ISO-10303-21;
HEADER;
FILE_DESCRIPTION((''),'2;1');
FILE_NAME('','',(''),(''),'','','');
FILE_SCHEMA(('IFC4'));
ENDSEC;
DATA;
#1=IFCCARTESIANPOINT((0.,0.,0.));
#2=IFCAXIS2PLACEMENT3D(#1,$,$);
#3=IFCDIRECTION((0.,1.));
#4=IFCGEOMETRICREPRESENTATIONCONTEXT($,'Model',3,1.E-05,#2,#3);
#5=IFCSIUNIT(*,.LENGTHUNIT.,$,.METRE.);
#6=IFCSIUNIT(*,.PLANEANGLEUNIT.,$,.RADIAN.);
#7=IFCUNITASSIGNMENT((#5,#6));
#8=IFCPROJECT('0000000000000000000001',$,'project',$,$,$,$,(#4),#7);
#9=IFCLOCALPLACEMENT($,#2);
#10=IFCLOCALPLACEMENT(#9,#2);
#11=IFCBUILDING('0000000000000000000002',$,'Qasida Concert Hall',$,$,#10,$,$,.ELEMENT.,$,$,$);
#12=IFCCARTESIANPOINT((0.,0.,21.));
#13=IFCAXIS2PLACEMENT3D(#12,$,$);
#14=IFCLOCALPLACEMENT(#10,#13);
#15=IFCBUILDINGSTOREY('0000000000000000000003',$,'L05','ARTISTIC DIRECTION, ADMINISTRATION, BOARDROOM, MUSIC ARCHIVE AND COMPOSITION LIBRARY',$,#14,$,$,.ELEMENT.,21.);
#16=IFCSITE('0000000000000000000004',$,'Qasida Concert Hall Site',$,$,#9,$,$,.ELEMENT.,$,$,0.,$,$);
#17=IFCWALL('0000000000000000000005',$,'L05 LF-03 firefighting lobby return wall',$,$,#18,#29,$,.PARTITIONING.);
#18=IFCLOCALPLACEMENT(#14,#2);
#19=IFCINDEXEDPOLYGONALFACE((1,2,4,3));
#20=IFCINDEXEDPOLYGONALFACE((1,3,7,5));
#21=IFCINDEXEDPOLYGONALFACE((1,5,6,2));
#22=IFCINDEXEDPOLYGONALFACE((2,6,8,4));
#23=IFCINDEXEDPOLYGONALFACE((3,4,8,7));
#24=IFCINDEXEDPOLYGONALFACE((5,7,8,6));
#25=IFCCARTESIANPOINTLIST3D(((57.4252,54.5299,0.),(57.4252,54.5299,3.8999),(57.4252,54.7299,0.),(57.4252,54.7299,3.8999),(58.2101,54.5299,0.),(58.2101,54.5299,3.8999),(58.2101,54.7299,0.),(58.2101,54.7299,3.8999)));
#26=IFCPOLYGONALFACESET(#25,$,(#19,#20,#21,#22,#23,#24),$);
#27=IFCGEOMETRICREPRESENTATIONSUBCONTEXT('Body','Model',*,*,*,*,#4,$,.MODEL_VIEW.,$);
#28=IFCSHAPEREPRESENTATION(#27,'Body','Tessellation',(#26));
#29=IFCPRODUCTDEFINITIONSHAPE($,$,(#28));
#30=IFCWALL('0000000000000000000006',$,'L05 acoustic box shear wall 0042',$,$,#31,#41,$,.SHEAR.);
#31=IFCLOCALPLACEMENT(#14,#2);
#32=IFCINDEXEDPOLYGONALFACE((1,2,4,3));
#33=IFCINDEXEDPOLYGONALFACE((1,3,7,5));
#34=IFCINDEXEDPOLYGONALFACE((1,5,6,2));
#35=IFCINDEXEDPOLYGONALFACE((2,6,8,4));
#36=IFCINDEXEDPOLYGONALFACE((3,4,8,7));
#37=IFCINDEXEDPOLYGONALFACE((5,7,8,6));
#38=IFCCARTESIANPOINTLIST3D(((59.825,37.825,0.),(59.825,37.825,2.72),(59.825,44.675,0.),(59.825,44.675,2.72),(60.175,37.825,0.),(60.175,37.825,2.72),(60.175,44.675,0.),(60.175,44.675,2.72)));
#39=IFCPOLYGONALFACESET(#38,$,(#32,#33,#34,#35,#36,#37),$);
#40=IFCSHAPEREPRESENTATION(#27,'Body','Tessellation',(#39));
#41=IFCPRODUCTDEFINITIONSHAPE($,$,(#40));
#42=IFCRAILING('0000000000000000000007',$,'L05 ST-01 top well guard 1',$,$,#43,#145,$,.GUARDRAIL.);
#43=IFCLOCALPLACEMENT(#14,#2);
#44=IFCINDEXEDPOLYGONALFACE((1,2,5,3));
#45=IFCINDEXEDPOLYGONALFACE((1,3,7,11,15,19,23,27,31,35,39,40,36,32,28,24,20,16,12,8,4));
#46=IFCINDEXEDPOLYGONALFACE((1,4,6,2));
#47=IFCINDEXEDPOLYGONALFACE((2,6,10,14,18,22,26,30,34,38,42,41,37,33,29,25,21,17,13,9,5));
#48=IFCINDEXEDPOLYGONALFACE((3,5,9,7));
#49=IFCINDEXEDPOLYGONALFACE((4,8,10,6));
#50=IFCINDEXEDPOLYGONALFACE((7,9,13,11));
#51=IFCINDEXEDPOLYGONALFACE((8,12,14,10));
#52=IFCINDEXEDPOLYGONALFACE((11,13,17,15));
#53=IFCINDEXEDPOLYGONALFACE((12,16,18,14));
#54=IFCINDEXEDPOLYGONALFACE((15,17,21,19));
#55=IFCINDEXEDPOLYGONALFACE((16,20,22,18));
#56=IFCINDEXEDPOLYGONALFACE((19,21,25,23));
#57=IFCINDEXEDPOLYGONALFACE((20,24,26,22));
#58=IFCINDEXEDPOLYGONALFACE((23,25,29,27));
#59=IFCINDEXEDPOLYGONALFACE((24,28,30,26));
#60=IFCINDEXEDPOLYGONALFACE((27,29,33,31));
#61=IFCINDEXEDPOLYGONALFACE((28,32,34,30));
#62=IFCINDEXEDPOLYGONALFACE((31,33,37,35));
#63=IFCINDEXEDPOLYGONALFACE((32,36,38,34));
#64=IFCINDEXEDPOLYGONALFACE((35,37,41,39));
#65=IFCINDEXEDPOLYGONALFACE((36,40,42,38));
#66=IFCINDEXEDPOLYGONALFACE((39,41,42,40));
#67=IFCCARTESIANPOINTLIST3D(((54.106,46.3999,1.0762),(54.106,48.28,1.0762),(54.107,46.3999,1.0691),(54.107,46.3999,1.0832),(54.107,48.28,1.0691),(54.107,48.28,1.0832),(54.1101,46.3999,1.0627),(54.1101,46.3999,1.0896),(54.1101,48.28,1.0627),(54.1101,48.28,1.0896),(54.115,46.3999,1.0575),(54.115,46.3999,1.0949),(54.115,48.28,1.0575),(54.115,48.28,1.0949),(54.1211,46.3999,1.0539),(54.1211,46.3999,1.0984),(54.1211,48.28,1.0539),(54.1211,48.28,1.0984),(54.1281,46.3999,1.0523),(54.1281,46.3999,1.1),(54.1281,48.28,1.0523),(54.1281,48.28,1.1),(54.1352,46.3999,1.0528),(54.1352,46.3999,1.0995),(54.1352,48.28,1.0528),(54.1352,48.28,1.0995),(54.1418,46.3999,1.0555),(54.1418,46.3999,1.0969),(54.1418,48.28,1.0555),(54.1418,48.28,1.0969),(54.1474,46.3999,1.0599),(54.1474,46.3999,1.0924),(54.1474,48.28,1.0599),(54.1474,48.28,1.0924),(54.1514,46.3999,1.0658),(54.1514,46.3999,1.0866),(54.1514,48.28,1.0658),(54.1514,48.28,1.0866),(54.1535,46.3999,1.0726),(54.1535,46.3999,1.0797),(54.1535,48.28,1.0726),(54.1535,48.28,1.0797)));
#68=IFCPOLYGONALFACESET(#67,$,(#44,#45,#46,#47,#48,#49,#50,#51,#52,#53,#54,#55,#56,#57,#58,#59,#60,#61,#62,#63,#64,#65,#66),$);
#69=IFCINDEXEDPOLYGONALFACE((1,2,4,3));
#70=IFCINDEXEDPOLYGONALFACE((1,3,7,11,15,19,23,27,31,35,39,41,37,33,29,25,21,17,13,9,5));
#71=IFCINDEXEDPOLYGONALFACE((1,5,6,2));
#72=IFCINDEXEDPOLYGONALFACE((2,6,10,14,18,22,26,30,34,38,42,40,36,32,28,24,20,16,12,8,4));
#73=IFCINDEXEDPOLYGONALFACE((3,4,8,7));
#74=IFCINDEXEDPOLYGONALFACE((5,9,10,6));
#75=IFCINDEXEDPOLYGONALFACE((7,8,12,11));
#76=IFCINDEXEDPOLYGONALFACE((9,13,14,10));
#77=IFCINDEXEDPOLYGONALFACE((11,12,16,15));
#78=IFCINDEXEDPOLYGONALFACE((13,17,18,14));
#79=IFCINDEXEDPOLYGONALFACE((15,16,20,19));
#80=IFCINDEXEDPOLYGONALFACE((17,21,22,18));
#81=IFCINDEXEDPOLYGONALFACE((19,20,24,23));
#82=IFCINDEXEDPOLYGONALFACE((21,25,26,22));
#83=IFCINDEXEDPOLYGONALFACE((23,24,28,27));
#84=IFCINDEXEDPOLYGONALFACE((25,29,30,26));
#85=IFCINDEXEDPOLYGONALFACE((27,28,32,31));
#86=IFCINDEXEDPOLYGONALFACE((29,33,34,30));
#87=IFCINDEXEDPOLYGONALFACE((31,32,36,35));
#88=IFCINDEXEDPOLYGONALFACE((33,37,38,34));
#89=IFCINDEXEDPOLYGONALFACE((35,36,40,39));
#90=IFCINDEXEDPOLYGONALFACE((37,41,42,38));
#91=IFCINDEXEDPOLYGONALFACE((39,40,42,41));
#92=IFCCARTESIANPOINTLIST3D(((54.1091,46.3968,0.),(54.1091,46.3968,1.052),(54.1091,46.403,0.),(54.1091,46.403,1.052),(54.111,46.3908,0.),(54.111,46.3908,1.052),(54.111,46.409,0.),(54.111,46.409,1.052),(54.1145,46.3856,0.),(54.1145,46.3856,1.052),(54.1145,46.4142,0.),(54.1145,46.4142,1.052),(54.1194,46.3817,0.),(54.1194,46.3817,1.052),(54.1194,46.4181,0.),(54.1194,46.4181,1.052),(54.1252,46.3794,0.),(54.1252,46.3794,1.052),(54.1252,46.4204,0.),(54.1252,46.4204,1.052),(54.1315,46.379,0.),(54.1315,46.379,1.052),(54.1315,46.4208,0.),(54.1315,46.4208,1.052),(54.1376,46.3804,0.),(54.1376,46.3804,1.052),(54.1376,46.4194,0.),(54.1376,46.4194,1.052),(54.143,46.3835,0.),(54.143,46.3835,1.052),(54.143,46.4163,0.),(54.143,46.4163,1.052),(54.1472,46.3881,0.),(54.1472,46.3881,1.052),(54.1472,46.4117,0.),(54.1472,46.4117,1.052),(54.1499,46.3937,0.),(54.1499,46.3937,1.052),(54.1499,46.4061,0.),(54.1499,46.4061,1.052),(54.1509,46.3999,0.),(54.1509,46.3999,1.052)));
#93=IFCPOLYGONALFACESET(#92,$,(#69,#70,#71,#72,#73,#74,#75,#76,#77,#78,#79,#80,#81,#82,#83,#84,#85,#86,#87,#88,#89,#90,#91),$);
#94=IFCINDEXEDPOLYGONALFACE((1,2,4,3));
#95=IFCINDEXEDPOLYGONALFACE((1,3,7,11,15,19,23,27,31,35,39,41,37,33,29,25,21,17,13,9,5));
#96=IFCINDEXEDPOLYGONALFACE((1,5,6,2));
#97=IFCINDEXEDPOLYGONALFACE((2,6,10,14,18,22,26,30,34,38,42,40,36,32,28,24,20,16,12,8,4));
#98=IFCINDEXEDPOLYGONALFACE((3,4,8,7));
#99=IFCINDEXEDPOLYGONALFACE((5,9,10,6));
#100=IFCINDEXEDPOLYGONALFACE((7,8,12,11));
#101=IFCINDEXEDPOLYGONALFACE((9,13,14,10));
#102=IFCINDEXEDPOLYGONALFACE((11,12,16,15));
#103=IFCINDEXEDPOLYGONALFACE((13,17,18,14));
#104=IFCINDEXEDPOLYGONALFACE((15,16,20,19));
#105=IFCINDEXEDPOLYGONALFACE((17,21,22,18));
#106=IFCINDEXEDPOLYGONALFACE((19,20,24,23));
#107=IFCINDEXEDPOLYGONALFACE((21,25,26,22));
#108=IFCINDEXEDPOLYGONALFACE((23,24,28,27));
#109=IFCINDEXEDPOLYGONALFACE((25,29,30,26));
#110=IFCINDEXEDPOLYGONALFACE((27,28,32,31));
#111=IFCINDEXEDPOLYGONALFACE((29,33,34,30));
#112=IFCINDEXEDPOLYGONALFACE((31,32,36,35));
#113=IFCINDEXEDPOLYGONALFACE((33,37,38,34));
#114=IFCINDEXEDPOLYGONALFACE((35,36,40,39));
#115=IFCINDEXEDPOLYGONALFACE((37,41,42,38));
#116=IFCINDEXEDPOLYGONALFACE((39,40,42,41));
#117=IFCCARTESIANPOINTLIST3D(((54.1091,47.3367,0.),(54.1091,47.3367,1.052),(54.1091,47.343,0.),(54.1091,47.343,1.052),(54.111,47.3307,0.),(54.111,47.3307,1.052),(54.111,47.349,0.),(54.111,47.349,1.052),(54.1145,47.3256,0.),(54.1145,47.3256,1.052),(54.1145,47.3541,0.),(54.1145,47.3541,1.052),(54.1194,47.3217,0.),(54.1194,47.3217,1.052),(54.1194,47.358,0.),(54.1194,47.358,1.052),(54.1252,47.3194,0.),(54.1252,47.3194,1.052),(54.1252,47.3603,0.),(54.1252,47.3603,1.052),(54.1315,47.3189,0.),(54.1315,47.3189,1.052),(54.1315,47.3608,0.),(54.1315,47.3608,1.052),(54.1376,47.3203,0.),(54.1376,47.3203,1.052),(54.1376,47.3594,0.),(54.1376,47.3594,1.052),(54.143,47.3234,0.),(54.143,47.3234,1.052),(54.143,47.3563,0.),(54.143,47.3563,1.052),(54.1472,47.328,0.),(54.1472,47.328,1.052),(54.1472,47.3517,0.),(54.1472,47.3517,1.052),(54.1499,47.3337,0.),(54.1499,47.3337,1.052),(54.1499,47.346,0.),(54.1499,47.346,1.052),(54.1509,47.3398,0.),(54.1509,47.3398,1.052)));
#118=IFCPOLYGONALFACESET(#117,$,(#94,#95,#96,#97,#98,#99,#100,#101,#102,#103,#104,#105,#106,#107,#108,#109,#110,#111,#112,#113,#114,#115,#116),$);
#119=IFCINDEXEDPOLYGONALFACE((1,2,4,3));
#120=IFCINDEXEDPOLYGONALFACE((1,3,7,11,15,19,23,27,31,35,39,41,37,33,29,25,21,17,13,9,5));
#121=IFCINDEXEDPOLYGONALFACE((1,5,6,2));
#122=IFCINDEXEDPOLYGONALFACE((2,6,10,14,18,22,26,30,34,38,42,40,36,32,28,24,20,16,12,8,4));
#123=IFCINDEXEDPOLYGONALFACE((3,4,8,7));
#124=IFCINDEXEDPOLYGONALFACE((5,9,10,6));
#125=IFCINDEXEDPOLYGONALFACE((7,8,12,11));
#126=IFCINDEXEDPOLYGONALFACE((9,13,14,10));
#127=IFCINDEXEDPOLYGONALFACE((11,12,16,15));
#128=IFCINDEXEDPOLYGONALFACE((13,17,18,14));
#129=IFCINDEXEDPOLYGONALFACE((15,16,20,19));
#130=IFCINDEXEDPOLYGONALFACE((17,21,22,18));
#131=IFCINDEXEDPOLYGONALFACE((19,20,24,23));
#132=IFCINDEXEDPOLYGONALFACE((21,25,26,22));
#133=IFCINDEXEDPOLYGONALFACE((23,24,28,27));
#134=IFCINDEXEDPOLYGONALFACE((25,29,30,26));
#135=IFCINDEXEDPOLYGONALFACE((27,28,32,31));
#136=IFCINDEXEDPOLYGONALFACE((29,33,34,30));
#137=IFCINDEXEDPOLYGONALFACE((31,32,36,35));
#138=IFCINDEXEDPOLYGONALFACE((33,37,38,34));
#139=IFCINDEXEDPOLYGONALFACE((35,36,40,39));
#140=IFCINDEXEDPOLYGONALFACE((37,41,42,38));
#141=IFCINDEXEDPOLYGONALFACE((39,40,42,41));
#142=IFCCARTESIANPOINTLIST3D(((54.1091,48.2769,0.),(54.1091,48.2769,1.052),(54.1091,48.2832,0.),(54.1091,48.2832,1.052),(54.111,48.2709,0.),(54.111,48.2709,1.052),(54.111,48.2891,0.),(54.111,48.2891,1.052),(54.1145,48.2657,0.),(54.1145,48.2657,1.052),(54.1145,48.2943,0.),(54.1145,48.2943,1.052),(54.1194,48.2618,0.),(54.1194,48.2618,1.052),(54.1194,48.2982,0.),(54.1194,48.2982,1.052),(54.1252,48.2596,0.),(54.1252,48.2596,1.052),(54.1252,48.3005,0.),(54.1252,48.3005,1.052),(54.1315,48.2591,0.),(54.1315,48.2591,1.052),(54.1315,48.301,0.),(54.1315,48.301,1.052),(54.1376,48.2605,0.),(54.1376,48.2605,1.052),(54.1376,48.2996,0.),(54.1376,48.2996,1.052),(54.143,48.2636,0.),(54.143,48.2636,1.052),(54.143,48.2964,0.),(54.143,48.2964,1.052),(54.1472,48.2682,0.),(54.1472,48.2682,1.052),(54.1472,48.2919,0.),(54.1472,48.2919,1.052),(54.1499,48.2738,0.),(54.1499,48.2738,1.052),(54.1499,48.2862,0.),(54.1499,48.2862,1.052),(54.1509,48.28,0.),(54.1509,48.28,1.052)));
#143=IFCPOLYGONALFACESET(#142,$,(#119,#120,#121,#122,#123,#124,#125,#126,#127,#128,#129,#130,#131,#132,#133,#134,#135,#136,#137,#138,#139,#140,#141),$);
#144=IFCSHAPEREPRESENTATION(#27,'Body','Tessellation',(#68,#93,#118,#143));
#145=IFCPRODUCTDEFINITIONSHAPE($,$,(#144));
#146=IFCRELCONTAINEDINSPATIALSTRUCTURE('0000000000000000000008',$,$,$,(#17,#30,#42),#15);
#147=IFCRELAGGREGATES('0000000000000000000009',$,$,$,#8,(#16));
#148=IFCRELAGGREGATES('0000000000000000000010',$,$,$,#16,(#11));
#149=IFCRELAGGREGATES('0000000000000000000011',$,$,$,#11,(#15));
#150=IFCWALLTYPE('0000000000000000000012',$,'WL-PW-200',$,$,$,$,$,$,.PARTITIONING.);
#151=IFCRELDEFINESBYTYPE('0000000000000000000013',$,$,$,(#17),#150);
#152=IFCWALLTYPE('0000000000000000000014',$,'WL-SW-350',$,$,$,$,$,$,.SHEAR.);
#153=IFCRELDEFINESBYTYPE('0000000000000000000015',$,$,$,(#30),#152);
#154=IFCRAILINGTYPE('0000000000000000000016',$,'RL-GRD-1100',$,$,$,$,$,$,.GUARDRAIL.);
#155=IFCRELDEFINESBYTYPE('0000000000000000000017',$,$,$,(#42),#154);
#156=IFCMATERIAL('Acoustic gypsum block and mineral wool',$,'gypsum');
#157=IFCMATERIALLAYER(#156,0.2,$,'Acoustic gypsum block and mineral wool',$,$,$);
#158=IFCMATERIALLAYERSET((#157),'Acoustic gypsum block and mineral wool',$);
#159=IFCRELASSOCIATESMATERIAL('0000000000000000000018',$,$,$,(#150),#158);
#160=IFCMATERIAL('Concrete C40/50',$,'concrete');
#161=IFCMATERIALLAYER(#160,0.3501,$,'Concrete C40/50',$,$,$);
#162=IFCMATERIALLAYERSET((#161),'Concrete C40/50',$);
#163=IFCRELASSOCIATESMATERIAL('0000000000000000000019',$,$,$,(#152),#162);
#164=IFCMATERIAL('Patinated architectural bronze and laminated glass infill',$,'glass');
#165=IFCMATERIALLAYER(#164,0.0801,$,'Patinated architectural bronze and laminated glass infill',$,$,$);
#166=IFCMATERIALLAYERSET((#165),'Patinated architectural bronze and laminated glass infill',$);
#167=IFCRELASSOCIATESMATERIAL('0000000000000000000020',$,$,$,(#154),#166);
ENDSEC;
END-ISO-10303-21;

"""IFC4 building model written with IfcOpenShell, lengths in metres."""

from ifc_helpers import new_model, si_unit, direction, frame, frame_2d, origin, origin_2d, place, context, subcontext, project, spatial, rectangle, circle, extrude, material, layer, layer_set, type_object, element, save


model = new_model("IFC4")

# Units and contexts
model_context = context("Model", 3, precision=1e-05, world=origin(), true_north=direction((0.0, 1.0)))
body_context = subcontext(model_context, "Body", "Model", "MODEL_VIEW")
ifc_project = project(units=[si_unit("LENGTHUNIT", "METRE"), si_unit("PLANEANGLEUNIT", "RADIAN")], contexts=[model_context])

# Site, building, storey
site_placement = place(None, origin())
site = spatial("IfcSite", under=ifc_project, at=site_placement, Name="Qasida Concert Hall Site", CompositionType="ELEMENT", RefElevation=0.0)
building_placement = place(site_placement, origin())
building = spatial("IfcBuilding", under=site, at=building_placement, Name="Qasida Concert Hall", CompositionType="ELEMENT")
storey_placement = place(building_placement, frame((0.0, 0.0, 21.0)))
storey = spatial("IfcBuildingStorey", under=building, at=storey_placement, Name="L05", Description="ARTISTIC DIRECTION, ADMINISTRATION, BOARDROOM, MUSIC ARCHIVE AND COMPOSITION LIBRARY", CompositionType="ELEMENT", Elevation=21.0)

# Shared definitions
ifc_material_1 = material(Name="Concrete C40/50", Category="concrete")

# Walls
ifc_material_2 = material(Name="Acoustic gypsum block and mineral wool", Category="gypsum")
ifc_layer_1 = layer(ifc_material_2, 0.2, Name="Acoustic gypsum block and mineral wool")
ifc_layer_set_1 = layer_set([ifc_layer_1], Name="Acoustic gypsum block and mineral wool")
wall_type_1 = type_object("IfcWallType", Name="WL-PW-200", PredefinedType="PARTITIONING", material=ifc_layer_set_1)
wall_1_placement = place(storey_placement, frame((57.425, 54.6299, 0.0), z_axis=(0.0, 0.0, 1.0), x_axis=(1.0, 0.0, 0.0)))
element("IfcWall", 1, at=wall_1_placement, inside=storey, type_object=wall_type_1, Name="L05 LF-03 firefighting lobby return wall", PredefinedType="PARTITIONING", context=body_context, shape_type="SweptSolid", body=[
    extrude(rectangle(XDim=0.7849, YDim=0.2, at=frame_2d((0.3926, 0.0))), origin(), (0.0, 0.0, 1.0), 3.8999),
])
ifc_layer_2 = layer(ifc_material_1, 0.3501, Name="Concrete C40/50")
ifc_layer_set_2 = layer_set([ifc_layer_2], Name="Concrete C40/50")
wall_type_2 = type_object("IfcWallType", Name="WL-SW-350", PredefinedType="SHEAR", material=ifc_layer_set_2)
wall_2_placement = place(storey_placement, frame((60.0, 37.825, 0.0), z_axis=(0.0, 0.0, 1.0), x_axis=(0.0, 1.0, 0.0)))
element("IfcWall", 2, at=wall_2_placement, inside=storey, type_object=wall_type_2, Name="L05 acoustic box shear wall 0042", PredefinedType="SHEAR", context=body_context, shape_type="SweptSolid", body=[
    extrude(rectangle(XDim=6.8501, YDim=0.3501, at=frame_2d((3.425, 0.0))), origin(), (0.0, 0.0, 1.0), 2.72),
])

# Railing
ifc_material_3 = material(Name="Patinated architectural bronze and laminated glass infill", Category="glass")
ifc_layer_3 = layer(ifc_material_3, 0.0801, Name="Patinated architectural bronze and laminated glass infill")
ifc_layer_set_3 = layer_set([ifc_layer_3], Name="Patinated architectural bronze and laminated glass infill")
railing_type = type_object("IfcRailingType", Name="RL-GRD-1100", PredefinedType="GUARDRAIL", material=ifc_layer_set_3)
railing_1_placement = place(storey_placement, frame((54.1299, 46.3999, 0.0)))
element("IfcRailing", 3, at=railing_1_placement, inside=storey, type_object=railing_type, Name="L05 ST-01 top well guard 1", PredefinedType="GUARDRAIL", context=body_context, shape_type="SweptSolid", body=[
    extrude(circle(Radius=0.0239, at=origin_2d()), frame((0.0, 0.0, 1.0762), z_axis=(0.0, 1.0, 0.0), x_axis=(-1.0, 0.0, 0.0)), (0.0, 0.0, 1.0), 1.8801),
    extrude(circle(Radius=0.021, at=origin_2d()), origin(), (0.0, 0.0, 1.0), 1.052),
    extrude(circle(Radius=0.021, at=origin_2d()), frame((0.0, 0.9399, 0.0)), (0.0, 0.0, 1.0), 1.052),
    extrude(circle(Radius=0.021, at=origin_2d()), frame((0.0, 1.8801, 0.0)), (0.0, 0.0, 1.0), 1.052),
])

save(model, "model.ifc")
